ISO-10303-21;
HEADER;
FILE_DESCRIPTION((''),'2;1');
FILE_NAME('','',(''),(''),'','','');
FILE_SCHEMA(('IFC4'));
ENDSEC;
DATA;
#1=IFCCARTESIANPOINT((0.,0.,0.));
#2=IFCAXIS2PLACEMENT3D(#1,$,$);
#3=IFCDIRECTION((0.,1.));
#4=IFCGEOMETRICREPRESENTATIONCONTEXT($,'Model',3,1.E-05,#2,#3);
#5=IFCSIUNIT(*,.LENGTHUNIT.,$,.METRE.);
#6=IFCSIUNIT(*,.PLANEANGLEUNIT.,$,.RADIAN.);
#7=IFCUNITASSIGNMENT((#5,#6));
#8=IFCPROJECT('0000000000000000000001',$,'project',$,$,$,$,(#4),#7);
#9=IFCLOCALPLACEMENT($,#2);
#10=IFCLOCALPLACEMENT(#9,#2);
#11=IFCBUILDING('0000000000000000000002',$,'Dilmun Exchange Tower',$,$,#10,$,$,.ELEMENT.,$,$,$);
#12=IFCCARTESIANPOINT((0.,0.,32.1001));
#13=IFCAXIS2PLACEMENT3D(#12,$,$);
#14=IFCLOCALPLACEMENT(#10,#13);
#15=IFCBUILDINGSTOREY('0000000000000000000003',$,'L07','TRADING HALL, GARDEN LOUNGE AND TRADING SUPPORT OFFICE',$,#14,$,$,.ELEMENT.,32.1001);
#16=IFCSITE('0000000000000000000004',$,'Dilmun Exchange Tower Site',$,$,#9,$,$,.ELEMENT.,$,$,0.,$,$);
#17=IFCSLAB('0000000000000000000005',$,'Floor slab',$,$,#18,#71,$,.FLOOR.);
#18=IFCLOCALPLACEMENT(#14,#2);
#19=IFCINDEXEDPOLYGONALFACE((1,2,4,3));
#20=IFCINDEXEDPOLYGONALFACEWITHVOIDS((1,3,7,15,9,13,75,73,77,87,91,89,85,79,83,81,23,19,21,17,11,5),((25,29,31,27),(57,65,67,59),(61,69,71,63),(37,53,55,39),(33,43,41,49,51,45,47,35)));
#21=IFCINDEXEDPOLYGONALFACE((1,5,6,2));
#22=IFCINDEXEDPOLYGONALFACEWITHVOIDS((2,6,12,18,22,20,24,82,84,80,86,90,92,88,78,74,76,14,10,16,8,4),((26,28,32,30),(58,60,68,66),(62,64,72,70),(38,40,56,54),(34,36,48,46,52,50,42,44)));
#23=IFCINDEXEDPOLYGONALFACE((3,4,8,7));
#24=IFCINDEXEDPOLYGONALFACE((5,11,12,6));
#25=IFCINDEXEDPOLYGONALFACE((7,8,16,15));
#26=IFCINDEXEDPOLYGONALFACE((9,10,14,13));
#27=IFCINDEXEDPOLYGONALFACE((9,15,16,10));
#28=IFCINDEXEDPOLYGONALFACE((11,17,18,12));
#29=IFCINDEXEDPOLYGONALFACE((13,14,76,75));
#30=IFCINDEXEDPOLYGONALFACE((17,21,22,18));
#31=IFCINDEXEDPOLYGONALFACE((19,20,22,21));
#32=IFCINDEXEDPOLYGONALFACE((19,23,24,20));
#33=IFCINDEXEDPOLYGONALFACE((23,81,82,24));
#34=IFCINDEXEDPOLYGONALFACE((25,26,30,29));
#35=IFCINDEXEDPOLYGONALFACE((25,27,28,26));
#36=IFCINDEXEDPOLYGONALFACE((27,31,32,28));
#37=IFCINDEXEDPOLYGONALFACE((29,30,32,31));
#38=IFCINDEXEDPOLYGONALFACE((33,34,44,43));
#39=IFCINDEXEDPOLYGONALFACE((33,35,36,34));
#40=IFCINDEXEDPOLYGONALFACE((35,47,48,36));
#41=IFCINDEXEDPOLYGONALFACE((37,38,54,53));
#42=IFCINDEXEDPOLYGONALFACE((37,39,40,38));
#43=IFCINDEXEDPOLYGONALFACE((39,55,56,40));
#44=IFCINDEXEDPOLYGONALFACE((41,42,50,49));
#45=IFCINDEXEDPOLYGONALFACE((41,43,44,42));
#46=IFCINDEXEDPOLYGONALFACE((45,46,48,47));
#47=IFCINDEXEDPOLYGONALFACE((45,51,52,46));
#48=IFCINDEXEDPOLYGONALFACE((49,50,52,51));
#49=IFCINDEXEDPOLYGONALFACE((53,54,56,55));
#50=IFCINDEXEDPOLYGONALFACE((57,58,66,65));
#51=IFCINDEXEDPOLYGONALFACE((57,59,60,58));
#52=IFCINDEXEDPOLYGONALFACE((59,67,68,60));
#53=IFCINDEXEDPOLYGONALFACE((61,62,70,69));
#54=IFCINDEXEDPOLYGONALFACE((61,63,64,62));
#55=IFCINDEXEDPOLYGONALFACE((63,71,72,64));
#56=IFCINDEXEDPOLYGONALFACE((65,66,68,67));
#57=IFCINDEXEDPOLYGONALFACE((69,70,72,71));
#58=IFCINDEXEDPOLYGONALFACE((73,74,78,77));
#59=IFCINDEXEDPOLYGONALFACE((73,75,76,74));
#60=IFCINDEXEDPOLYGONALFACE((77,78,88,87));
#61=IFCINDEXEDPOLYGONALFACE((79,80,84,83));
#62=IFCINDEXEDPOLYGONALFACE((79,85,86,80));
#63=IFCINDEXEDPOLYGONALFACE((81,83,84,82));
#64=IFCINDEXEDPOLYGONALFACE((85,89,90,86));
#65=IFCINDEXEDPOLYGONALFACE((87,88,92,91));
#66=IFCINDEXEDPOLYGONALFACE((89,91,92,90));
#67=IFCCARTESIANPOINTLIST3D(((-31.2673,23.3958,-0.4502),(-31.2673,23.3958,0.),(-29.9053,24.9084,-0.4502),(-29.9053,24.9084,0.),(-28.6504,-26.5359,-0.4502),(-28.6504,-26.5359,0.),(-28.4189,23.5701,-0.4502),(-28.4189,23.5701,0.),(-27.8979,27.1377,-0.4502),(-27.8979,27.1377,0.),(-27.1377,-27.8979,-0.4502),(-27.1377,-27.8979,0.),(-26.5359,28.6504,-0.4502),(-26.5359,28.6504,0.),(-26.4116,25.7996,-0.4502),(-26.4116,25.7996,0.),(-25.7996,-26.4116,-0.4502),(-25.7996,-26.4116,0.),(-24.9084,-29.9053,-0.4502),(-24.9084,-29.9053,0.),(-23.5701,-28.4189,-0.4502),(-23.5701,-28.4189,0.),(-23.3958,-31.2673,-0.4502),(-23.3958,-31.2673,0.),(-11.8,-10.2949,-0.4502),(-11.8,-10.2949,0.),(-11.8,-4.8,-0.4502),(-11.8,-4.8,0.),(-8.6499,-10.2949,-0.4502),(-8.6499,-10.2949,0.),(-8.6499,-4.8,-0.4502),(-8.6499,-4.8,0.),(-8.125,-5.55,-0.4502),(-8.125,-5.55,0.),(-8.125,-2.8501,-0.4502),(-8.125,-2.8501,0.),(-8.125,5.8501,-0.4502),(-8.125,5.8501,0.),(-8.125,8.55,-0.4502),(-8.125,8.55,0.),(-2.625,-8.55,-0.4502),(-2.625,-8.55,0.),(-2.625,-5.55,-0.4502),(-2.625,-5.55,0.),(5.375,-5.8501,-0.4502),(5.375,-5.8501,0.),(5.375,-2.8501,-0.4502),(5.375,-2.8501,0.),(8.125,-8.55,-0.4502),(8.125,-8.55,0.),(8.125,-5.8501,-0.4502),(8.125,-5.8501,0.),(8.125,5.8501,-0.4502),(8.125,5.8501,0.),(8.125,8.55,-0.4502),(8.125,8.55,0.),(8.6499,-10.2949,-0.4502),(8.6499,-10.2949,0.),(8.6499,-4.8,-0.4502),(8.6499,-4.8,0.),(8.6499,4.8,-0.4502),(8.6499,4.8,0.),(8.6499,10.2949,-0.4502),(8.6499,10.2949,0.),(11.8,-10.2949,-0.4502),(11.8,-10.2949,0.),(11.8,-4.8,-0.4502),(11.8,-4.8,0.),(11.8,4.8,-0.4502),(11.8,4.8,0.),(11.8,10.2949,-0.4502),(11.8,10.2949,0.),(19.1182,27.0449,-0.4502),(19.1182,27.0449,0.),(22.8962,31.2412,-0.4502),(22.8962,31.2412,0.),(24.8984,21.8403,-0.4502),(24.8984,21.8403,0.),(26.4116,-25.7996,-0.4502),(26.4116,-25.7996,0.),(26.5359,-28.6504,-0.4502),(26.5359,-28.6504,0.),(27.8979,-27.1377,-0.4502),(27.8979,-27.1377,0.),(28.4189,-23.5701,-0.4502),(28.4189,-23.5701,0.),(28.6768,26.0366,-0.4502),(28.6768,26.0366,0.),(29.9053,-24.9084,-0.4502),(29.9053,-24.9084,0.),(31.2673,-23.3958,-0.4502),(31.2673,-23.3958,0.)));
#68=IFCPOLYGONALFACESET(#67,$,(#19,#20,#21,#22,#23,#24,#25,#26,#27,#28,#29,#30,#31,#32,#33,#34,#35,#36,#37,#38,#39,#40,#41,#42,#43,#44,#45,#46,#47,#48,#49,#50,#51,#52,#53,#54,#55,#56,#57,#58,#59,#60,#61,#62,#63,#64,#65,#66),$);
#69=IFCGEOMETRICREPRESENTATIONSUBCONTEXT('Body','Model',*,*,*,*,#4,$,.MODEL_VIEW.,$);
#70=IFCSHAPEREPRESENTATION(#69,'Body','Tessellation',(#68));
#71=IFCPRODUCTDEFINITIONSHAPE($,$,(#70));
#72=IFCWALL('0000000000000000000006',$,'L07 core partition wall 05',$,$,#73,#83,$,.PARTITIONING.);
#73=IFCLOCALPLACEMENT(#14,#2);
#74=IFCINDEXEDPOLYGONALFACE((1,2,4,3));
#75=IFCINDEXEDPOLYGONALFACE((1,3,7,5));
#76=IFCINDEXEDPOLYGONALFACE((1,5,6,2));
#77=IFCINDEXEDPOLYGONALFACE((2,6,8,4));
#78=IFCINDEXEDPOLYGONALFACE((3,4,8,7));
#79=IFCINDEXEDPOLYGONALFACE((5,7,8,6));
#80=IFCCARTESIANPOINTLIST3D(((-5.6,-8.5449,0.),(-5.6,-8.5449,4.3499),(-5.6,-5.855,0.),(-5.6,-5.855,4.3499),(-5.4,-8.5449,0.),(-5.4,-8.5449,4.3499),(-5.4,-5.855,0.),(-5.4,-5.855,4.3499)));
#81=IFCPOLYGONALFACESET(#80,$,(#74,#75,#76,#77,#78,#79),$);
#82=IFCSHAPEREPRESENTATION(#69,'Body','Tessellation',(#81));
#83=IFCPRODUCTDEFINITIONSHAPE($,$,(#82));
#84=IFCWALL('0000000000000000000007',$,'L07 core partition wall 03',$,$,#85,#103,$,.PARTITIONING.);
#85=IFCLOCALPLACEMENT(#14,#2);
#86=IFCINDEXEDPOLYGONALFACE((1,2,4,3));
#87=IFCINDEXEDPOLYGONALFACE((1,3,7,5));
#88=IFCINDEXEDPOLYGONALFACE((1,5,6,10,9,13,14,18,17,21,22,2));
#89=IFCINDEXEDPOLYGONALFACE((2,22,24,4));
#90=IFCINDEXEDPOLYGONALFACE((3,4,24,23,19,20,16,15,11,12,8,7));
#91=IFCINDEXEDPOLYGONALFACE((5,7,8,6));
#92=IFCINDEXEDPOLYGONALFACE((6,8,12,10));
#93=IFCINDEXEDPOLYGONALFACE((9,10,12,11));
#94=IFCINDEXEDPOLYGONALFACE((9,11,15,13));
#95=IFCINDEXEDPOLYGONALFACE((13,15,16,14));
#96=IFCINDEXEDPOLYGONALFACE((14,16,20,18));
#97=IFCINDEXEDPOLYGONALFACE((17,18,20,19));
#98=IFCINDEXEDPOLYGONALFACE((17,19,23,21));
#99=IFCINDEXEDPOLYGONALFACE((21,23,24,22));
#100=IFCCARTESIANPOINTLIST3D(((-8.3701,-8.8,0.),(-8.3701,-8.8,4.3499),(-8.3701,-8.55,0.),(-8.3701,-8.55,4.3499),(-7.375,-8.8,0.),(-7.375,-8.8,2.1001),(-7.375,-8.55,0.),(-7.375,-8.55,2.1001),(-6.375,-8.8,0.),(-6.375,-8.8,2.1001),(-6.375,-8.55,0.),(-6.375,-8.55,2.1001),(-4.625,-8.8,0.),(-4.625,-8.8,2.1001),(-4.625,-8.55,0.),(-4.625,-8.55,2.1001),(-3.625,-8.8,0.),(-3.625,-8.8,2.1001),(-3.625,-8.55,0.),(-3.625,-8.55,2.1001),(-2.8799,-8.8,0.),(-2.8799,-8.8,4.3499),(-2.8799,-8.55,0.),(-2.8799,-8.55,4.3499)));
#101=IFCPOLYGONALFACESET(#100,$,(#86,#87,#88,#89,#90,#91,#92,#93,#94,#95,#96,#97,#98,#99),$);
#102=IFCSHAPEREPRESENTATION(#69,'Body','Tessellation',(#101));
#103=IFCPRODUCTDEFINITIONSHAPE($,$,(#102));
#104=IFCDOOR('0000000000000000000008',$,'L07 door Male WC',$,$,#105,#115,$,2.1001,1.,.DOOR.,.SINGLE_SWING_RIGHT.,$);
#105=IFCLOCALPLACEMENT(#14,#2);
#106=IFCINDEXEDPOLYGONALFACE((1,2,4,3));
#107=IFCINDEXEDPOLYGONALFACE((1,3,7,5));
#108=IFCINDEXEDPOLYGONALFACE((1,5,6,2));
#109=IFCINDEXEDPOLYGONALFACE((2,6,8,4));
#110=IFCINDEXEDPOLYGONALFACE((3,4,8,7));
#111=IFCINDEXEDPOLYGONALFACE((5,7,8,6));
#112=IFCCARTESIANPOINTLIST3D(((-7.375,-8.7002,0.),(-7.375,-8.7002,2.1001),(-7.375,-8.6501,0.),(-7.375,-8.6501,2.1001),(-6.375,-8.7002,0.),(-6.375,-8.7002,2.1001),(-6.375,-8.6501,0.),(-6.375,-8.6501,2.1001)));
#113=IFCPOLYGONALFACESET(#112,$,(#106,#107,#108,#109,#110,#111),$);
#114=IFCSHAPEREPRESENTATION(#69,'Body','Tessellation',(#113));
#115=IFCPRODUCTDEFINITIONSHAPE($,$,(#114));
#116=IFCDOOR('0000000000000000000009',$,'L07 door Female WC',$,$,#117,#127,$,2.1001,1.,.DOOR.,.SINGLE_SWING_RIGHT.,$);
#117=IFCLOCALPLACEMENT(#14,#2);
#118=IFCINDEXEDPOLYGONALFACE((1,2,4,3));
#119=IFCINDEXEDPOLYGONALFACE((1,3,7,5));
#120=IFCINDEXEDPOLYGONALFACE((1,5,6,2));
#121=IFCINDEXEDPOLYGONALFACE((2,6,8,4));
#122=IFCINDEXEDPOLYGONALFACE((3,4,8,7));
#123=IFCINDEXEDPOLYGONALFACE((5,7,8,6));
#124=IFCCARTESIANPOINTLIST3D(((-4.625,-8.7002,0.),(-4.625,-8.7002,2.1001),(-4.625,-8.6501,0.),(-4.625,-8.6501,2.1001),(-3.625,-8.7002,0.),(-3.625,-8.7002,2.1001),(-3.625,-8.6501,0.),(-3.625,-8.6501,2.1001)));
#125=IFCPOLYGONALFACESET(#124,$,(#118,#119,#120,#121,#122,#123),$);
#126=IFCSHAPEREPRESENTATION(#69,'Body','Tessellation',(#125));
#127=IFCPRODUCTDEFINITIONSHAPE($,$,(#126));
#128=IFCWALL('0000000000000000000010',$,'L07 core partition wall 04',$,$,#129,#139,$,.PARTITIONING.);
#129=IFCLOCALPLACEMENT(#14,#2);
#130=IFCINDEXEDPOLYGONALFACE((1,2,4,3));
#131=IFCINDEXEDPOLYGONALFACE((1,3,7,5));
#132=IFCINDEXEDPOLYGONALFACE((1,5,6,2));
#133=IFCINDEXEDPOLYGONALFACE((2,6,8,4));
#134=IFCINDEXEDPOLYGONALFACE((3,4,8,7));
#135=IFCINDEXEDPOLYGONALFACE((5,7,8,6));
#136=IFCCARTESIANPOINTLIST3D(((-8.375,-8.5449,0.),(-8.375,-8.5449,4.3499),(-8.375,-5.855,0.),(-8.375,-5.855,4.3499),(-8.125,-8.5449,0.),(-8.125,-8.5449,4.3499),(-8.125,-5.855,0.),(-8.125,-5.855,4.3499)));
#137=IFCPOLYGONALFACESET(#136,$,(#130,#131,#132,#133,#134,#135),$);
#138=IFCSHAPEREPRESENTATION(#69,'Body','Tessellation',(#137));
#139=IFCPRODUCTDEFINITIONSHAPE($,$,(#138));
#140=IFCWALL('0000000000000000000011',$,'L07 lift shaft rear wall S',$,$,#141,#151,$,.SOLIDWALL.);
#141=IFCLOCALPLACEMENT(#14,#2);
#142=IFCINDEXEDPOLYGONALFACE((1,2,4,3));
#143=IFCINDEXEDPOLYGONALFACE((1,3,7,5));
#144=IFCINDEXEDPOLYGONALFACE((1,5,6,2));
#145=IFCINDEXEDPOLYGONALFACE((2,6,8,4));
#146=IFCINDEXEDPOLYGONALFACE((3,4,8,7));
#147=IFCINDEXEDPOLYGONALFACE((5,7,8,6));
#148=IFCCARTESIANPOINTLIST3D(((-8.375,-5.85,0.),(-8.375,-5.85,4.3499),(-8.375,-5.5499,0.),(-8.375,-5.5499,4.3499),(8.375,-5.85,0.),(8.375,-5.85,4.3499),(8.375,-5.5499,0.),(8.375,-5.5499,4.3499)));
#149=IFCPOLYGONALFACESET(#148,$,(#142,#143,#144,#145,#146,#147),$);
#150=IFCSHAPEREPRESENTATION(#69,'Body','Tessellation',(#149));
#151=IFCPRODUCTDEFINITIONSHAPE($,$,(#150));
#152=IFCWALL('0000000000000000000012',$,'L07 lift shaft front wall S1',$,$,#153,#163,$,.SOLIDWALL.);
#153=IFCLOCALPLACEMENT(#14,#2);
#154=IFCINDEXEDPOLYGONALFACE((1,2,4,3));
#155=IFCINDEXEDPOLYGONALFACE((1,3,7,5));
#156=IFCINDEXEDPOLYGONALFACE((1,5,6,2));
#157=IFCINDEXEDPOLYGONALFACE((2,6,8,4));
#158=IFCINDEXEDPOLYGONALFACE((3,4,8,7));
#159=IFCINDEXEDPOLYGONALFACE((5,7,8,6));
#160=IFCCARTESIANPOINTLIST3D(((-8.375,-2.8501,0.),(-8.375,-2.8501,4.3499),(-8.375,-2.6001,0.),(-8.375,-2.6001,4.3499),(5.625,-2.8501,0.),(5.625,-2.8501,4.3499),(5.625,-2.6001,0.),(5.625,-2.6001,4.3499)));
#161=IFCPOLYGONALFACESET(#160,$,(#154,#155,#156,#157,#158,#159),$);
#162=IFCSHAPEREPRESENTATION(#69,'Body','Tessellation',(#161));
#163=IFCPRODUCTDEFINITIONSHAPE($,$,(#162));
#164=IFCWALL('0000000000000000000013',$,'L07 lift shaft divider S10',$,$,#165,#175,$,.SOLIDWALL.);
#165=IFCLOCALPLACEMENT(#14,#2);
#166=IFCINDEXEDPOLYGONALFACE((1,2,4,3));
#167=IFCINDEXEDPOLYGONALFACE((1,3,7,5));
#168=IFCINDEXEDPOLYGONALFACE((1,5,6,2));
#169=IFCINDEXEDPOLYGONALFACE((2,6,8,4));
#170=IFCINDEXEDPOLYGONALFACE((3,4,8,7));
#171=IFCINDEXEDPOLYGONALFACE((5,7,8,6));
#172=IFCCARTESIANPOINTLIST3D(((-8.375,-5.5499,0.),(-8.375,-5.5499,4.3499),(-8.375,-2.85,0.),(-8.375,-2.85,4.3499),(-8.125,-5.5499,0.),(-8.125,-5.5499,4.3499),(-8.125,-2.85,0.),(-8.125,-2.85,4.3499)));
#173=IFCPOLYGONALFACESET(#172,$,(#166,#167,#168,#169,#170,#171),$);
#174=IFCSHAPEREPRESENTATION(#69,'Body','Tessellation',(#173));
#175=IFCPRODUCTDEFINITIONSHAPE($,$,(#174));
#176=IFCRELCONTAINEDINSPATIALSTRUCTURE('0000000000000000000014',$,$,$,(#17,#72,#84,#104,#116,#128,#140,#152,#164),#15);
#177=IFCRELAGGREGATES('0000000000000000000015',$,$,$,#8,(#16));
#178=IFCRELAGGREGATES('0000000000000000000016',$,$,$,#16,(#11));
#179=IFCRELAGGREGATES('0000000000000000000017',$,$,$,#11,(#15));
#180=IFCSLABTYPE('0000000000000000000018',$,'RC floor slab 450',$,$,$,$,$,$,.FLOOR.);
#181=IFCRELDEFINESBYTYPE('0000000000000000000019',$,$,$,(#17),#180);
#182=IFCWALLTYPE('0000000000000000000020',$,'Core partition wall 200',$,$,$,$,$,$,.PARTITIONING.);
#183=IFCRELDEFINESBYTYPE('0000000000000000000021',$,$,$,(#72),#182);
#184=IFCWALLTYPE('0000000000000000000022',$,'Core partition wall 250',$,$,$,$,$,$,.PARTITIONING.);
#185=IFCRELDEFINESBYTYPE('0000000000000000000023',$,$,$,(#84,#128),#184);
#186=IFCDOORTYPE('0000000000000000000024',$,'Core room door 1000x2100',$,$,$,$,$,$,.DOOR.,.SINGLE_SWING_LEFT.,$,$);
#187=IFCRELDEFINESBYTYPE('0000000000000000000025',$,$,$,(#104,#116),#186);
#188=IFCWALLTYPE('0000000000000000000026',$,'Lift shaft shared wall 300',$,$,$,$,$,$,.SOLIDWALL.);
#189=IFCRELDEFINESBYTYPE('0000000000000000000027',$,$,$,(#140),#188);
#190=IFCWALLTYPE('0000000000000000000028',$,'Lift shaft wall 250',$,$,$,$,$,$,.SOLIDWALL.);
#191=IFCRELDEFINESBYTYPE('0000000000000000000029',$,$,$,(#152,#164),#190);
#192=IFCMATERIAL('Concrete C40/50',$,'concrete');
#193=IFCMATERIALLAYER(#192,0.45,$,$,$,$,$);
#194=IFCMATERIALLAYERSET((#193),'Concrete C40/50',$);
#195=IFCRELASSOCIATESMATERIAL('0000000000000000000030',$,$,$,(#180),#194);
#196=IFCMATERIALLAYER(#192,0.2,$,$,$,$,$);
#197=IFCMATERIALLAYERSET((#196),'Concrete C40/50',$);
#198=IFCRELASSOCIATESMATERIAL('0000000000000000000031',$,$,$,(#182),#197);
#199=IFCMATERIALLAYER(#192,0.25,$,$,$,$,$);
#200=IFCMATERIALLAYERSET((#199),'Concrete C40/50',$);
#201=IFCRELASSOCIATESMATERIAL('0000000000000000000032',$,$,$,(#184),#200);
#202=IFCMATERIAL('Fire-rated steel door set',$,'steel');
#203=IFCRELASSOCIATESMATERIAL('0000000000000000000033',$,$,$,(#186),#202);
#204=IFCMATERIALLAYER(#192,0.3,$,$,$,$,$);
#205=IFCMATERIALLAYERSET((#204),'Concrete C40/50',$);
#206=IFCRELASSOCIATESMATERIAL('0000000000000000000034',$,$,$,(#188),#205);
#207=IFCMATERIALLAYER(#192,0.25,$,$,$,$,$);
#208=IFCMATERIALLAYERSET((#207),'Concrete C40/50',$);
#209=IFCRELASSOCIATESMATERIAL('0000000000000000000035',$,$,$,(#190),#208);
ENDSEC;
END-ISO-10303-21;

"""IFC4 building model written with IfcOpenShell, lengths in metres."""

from ifc_helpers import new_model, si_unit, direction, frame, frame_2d, origin, place, context, subcontext, project, spatial, polyline, rectangle, outline, extrude, material, layer, layer_set, type_object, element, fill, save


model = new_model("IFC4")

# Units and contexts
model_context = context("Model", 3, precision=1e-05, world=origin(), true_north=direction((0.0, 1.0)))
body_context = subcontext(model_context, "Body", "Model", "MODEL_VIEW")
ifc_project = project(units=[si_unit("LENGTHUNIT", "METRE"), si_unit("PLANEANGLEUNIT", "RADIAN")], contexts=[model_context])

# Site, building, storey
site_placement = place(None, origin())
site = spatial("IfcSite", under=ifc_project, at=site_placement, Name="Dilmun Exchange Tower Site", CompositionType="ELEMENT", RefElevation=0.0)
building_placement = place(site_placement, origin())
building = spatial("IfcBuilding", under=site, at=building_placement, Name="Dilmun Exchange Tower", CompositionType="ELEMENT")
storey_placement = place(building_placement, frame((0.0, 0.0, 32.1001)))
storey = spatial("IfcBuildingStorey", under=building, at=storey_placement, Name="L07", Description="TRADING HALL, GARDEN LOUNGE AND TRADING SUPPORT OFFICE", CompositionType="ELEMENT", Elevation=32.1001)

# Slab
ifc_material_1 = material(Name="Concrete C40/50", Category="concrete")
ifc_layer_1 = layer(ifc_material_1, 0.45)
ifc_layer_set_1 = layer_set([ifc_layer_1], Name="Concrete C40/50")
slab_type = type_object("IfcSlabType", Name="RC floor slab 450", PredefinedType="FLOOR", material=ifc_layer_set_1)
slab_placement = place(storey_placement, frame((0.0, 0.0, -0.4502)))
element("IfcSlab", 1, at=slab_placement, inside=storey, type_object=slab_type, Name="Floor slab", PredefinedType="FLOOR", context=body_context, shape_type="SweptSolid", body=[
    extrude(outline(polyline([(29.9053, -24.9084), (28.4189, -23.5701), (26.4116, -25.7996), (27.8979, -27.1377), (26.5359, -28.6504), (-23.3958, -31.2673), (-24.9084, -29.9053), (-23.5701, -28.4189), (-25.7996, -26.4116), (-27.1377, -27.8979), (-28.6504, -26.5359), (-31.2673, 23.3958), (-29.9053, 24.9084), (-28.4189, 23.5701), (-26.4116, 25.7996), (-27.8979, 27.1377), (-26.5359, 28.6504), (22.8962, 31.2412), (19.1182, 27.0449), (24.8984, 21.8403), (28.6768, 26.0366), (31.2673, -23.3958), (29.9053, -24.9084)]), holes=[polyline([(-8.6499, -4.8), (-11.8, -4.8), (-11.8, -10.2949), (-8.6499, -10.2949), (-8.6499, -4.8)]), polyline([(11.8, -4.8), (8.6499, -4.8), (8.6499, -10.2949), (11.8, -10.2949), (11.8, -4.8)]), polyline([(-8.125, -2.8501), (-8.125, -5.55), (-2.625, -5.55), (-2.625, -8.55), (8.125, -8.55), (8.125, -5.8501), (5.375, -5.8501), (5.375, -2.8501), (-8.125, -2.8501)]), polyline([(-8.125, 5.8501), (8.125, 5.8501), (8.125, 8.55), (-8.125, 8.55), (-8.125, 5.8501)]), polyline([(8.6499, 10.2949), (8.6499, 4.8), (11.8, 4.8), (11.8, 10.2949), (8.6499, 10.2949)])]), origin(), (0.0, 0.0, 1.0), 0.4502),
])

# Wall
ifc_layer_2 = layer(ifc_material_1, 0.2)
ifc_layer_set_2 = layer_set([ifc_layer_2], Name="Concrete C40/50")
wall_type_1 = type_object("IfcWallType", Name="Core partition wall 200", PredefinedType="PARTITIONING", material=ifc_layer_set_2)
wall_1_placement = place(storey_placement, frame((-5.5, -8.5449, 0.0), z_axis=(0.0, 0.0, 1.0), x_axis=(0.0, 1.0, 0.0)))
element("IfcWall", 2, at=wall_1_placement, inside=storey, type_object=wall_type_1, Name="L07 core partition wall 05", PredefinedType="PARTITIONING", context=body_context, shape_type="SweptSolid", body=[
    extrude(rectangle(XDim=2.6899, YDim=0.2, at=frame_2d((1.345, 0.0))), origin(), (0.0, 0.0, 1.0), 4.3499),
])

# Wall, openings, doors
ifc_layer_3 = layer(ifc_material_1, 0.25)
ifc_layer_set_3 = layer_set([ifc_layer_3], Name="Concrete C40/50")
wall_type_2 = type_object("IfcWallType", Name="Core partition wall 250", PredefinedType="PARTITIONING", material=ifc_layer_set_3)
wall_2_placement = place(storey_placement, frame((-8.3701, -8.675, 0.0), z_axis=(0.0, 0.0, 1.0), x_axis=(1.0, 0.0, 0.0)))
wall_2 = element("IfcWall", 3, at=wall_2_placement, inside=storey, type_object=wall_type_2, Name="L07 core partition wall 03", PredefinedType="PARTITIONING", context=body_context, shape_type="SweptSolid", body=[
    extrude(rectangle(XDim=5.4902, YDim=0.25, at=frame_2d((2.7451, 0.0))), origin(), (0.0, 0.0, 1.0), 4.3499),
])
opening_1_placement = place(wall_2_placement, frame((0.9951, 0.0, 0.0)))
opening_1 = element("IfcOpeningElement", 4, at=opening_1_placement, cuts=wall_2, PredefinedType="OPENING", context=body_context, shape_type="SweptSolid", body=[
    extrude(rectangle(XDim=1.0, YDim=2.1001, at=frame_2d((0.5, 1.05))), frame((0.0, 0.135, 0.0), z_axis=(0.0, -1.0, 0.0), x_axis=(1.0, 0.0, 0.0)), (0.0, 0.0, 1.0), 0.27),
])
opening_2_placement = place(wall_2_placement, frame((3.7451, 0.0, 0.0)))
opening_2 = element("IfcOpeningElement", 5, at=opening_2_placement, cuts=wall_2, PredefinedType="OPENING", context=body_context, shape_type="SweptSolid", body=[
    extrude(rectangle(XDim=1.0, YDim=2.1001, at=frame_2d((0.5, 1.05))), frame((0.0, 0.135, 0.0), z_axis=(0.0, -1.0, 0.0), x_axis=(1.0, 0.0, 0.0)), (0.0, 0.0, 1.0), 0.27),
])
ifc_material_2 = material(Name="Fire-rated steel door set", Category="steel")
door_type_1 = type_object("IfcDoorType", Name="Core room door 1000x2100", OperationType="SINGLE_SWING_LEFT", PredefinedType="DOOR", material=ifc_material_2)
door_1_placement = place(opening_1_placement, origin())
door_1 = element("IfcDoor", 6, at=door_1_placement, inside=storey, type_object=door_type_1, Name="L07 door Male WC", OperationType="SINGLE_SWING_RIGHT", OverallHeight=2.1001, OverallWidth=1.0, PredefinedType="DOOR", context=body_context, shape_type="SweptSolid", body=[
    extrude(rectangle(XDim=1.0, YDim=2.1001, at=frame_2d((0.5, 1.05))), frame((0.0, 0.0249, 0.0), z_axis=(0.0, -1.0, 0.0), x_axis=(1.0, 0.0, 0.0)), (0.0, 0.0, 1.0), 0.05),
])
fill(opening_1, door_1)
door_2_placement = place(opening_2_placement, origin())
door_2 = element("IfcDoor", 7, at=door_2_placement, inside=storey, type_object=door_type_1, Name="L07 door Female WC", OperationType="SINGLE_SWING_RIGHT", OverallHeight=2.1001, OverallWidth=1.0, PredefinedType="DOOR", context=body_context, shape_type="SweptSolid", body=[
    extrude(rectangle(XDim=1.0, YDim=2.1001, at=frame_2d((0.5, 1.05))), frame((0.0, 0.0249, 0.0), z_axis=(0.0, -1.0, 0.0), x_axis=(1.0, 0.0, 0.0)), (0.0, 0.0, 1.0), 0.05),
])
fill(opening_2, door_2)

# Walls
wall_3_placement = place(storey_placement, frame((-8.25, -8.5449, 0.0), z_axis=(0.0, 0.0, 1.0), x_axis=(0.0, 1.0, 0.0)))
element("IfcWall", 8, at=wall_3_placement, inside=storey, type_object=wall_type_2, Name="L07 core partition wall 04", PredefinedType="PARTITIONING", context=body_context, shape_type="SweptSolid", body=[
    extrude(rectangle(XDim=2.6899, YDim=0.25, at=frame_2d((1.345, 0.0))), origin(), (0.0, 0.0, 1.0), 4.3499),
])
ifc_layer_4 = layer(ifc_material_1, 0.3)
ifc_layer_set_4 = layer_set([ifc_layer_4], Name="Concrete C40/50")
wall_type_3 = type_object("IfcWallType", Name="Lift shaft shared wall 300", PredefinedType="SOLIDWALL", material=ifc_layer_set_4)
wall_4_placement = place(storey_placement, frame((-8.375, -5.7, 0.0), z_axis=(0.0, 0.0, 1.0), x_axis=(1.0, 0.0, 0.0)))
element("IfcWall", 9, at=wall_4_placement, inside=storey, type_object=wall_type_3, Name="L07 lift shaft rear wall S", PredefinedType="SOLIDWALL", context=body_context, shape_type="SweptSolid", body=[
    extrude(rectangle(XDim=16.75, YDim=0.3, at=frame_2d((8.375, 0.0))), origin(), (0.0, 0.0, 1.0), 4.3499),
])
ifc_layer_5 = layer(ifc_material_1, 0.25)
ifc_layer_set_5 = layer_set([ifc_layer_5], Name="Concrete C40/50")
wall_type_4 = type_object("IfcWallType", Name="Lift shaft wall 250", PredefinedType="SOLIDWALL", material=ifc_layer_set_5)
wall_5_placement = place(storey_placement, frame((-8.375, -2.7251, 0.0), z_axis=(0.0, 0.0, 1.0), x_axis=(1.0, 0.0, 0.0)))
element("IfcWall", 10, at=wall_5_placement, inside=storey, type_object=wall_type_4, Name="L07 lift shaft front wall S1", PredefinedType="SOLIDWALL", context=body_context, shape_type="SweptSolid", body=[
    extrude(rectangle(XDim=14.0, YDim=0.25, at=frame_2d((7.0, 0.0))), origin(), (0.0, 0.0, 1.0), 4.3499),
])
for number, where, z_axis, x_axis, name in (
    (11, (-8.25, -5.55, 0.0), (0.0, 0.0, 1.0), (0.0, 1.0, 0.0), "L07 lift shaft divider S10"),
):
    element("IfcWall", number, at=place(storey_placement, frame(where, z_axis=z_axis, x_axis=x_axis)), inside=storey, type_object=wall_type_4, Name=name, PredefinedType="SOLIDWALL", context=body_context, shape_type="SweptSolid", body=[
        extrude(rectangle(XDim=2.7, YDim=0.25, at=frame_2d((1.3501, 0.0))), origin(), (0.0, 0.0, 1.0), 4.3499),
    ])

save(model, "model.ifc")
